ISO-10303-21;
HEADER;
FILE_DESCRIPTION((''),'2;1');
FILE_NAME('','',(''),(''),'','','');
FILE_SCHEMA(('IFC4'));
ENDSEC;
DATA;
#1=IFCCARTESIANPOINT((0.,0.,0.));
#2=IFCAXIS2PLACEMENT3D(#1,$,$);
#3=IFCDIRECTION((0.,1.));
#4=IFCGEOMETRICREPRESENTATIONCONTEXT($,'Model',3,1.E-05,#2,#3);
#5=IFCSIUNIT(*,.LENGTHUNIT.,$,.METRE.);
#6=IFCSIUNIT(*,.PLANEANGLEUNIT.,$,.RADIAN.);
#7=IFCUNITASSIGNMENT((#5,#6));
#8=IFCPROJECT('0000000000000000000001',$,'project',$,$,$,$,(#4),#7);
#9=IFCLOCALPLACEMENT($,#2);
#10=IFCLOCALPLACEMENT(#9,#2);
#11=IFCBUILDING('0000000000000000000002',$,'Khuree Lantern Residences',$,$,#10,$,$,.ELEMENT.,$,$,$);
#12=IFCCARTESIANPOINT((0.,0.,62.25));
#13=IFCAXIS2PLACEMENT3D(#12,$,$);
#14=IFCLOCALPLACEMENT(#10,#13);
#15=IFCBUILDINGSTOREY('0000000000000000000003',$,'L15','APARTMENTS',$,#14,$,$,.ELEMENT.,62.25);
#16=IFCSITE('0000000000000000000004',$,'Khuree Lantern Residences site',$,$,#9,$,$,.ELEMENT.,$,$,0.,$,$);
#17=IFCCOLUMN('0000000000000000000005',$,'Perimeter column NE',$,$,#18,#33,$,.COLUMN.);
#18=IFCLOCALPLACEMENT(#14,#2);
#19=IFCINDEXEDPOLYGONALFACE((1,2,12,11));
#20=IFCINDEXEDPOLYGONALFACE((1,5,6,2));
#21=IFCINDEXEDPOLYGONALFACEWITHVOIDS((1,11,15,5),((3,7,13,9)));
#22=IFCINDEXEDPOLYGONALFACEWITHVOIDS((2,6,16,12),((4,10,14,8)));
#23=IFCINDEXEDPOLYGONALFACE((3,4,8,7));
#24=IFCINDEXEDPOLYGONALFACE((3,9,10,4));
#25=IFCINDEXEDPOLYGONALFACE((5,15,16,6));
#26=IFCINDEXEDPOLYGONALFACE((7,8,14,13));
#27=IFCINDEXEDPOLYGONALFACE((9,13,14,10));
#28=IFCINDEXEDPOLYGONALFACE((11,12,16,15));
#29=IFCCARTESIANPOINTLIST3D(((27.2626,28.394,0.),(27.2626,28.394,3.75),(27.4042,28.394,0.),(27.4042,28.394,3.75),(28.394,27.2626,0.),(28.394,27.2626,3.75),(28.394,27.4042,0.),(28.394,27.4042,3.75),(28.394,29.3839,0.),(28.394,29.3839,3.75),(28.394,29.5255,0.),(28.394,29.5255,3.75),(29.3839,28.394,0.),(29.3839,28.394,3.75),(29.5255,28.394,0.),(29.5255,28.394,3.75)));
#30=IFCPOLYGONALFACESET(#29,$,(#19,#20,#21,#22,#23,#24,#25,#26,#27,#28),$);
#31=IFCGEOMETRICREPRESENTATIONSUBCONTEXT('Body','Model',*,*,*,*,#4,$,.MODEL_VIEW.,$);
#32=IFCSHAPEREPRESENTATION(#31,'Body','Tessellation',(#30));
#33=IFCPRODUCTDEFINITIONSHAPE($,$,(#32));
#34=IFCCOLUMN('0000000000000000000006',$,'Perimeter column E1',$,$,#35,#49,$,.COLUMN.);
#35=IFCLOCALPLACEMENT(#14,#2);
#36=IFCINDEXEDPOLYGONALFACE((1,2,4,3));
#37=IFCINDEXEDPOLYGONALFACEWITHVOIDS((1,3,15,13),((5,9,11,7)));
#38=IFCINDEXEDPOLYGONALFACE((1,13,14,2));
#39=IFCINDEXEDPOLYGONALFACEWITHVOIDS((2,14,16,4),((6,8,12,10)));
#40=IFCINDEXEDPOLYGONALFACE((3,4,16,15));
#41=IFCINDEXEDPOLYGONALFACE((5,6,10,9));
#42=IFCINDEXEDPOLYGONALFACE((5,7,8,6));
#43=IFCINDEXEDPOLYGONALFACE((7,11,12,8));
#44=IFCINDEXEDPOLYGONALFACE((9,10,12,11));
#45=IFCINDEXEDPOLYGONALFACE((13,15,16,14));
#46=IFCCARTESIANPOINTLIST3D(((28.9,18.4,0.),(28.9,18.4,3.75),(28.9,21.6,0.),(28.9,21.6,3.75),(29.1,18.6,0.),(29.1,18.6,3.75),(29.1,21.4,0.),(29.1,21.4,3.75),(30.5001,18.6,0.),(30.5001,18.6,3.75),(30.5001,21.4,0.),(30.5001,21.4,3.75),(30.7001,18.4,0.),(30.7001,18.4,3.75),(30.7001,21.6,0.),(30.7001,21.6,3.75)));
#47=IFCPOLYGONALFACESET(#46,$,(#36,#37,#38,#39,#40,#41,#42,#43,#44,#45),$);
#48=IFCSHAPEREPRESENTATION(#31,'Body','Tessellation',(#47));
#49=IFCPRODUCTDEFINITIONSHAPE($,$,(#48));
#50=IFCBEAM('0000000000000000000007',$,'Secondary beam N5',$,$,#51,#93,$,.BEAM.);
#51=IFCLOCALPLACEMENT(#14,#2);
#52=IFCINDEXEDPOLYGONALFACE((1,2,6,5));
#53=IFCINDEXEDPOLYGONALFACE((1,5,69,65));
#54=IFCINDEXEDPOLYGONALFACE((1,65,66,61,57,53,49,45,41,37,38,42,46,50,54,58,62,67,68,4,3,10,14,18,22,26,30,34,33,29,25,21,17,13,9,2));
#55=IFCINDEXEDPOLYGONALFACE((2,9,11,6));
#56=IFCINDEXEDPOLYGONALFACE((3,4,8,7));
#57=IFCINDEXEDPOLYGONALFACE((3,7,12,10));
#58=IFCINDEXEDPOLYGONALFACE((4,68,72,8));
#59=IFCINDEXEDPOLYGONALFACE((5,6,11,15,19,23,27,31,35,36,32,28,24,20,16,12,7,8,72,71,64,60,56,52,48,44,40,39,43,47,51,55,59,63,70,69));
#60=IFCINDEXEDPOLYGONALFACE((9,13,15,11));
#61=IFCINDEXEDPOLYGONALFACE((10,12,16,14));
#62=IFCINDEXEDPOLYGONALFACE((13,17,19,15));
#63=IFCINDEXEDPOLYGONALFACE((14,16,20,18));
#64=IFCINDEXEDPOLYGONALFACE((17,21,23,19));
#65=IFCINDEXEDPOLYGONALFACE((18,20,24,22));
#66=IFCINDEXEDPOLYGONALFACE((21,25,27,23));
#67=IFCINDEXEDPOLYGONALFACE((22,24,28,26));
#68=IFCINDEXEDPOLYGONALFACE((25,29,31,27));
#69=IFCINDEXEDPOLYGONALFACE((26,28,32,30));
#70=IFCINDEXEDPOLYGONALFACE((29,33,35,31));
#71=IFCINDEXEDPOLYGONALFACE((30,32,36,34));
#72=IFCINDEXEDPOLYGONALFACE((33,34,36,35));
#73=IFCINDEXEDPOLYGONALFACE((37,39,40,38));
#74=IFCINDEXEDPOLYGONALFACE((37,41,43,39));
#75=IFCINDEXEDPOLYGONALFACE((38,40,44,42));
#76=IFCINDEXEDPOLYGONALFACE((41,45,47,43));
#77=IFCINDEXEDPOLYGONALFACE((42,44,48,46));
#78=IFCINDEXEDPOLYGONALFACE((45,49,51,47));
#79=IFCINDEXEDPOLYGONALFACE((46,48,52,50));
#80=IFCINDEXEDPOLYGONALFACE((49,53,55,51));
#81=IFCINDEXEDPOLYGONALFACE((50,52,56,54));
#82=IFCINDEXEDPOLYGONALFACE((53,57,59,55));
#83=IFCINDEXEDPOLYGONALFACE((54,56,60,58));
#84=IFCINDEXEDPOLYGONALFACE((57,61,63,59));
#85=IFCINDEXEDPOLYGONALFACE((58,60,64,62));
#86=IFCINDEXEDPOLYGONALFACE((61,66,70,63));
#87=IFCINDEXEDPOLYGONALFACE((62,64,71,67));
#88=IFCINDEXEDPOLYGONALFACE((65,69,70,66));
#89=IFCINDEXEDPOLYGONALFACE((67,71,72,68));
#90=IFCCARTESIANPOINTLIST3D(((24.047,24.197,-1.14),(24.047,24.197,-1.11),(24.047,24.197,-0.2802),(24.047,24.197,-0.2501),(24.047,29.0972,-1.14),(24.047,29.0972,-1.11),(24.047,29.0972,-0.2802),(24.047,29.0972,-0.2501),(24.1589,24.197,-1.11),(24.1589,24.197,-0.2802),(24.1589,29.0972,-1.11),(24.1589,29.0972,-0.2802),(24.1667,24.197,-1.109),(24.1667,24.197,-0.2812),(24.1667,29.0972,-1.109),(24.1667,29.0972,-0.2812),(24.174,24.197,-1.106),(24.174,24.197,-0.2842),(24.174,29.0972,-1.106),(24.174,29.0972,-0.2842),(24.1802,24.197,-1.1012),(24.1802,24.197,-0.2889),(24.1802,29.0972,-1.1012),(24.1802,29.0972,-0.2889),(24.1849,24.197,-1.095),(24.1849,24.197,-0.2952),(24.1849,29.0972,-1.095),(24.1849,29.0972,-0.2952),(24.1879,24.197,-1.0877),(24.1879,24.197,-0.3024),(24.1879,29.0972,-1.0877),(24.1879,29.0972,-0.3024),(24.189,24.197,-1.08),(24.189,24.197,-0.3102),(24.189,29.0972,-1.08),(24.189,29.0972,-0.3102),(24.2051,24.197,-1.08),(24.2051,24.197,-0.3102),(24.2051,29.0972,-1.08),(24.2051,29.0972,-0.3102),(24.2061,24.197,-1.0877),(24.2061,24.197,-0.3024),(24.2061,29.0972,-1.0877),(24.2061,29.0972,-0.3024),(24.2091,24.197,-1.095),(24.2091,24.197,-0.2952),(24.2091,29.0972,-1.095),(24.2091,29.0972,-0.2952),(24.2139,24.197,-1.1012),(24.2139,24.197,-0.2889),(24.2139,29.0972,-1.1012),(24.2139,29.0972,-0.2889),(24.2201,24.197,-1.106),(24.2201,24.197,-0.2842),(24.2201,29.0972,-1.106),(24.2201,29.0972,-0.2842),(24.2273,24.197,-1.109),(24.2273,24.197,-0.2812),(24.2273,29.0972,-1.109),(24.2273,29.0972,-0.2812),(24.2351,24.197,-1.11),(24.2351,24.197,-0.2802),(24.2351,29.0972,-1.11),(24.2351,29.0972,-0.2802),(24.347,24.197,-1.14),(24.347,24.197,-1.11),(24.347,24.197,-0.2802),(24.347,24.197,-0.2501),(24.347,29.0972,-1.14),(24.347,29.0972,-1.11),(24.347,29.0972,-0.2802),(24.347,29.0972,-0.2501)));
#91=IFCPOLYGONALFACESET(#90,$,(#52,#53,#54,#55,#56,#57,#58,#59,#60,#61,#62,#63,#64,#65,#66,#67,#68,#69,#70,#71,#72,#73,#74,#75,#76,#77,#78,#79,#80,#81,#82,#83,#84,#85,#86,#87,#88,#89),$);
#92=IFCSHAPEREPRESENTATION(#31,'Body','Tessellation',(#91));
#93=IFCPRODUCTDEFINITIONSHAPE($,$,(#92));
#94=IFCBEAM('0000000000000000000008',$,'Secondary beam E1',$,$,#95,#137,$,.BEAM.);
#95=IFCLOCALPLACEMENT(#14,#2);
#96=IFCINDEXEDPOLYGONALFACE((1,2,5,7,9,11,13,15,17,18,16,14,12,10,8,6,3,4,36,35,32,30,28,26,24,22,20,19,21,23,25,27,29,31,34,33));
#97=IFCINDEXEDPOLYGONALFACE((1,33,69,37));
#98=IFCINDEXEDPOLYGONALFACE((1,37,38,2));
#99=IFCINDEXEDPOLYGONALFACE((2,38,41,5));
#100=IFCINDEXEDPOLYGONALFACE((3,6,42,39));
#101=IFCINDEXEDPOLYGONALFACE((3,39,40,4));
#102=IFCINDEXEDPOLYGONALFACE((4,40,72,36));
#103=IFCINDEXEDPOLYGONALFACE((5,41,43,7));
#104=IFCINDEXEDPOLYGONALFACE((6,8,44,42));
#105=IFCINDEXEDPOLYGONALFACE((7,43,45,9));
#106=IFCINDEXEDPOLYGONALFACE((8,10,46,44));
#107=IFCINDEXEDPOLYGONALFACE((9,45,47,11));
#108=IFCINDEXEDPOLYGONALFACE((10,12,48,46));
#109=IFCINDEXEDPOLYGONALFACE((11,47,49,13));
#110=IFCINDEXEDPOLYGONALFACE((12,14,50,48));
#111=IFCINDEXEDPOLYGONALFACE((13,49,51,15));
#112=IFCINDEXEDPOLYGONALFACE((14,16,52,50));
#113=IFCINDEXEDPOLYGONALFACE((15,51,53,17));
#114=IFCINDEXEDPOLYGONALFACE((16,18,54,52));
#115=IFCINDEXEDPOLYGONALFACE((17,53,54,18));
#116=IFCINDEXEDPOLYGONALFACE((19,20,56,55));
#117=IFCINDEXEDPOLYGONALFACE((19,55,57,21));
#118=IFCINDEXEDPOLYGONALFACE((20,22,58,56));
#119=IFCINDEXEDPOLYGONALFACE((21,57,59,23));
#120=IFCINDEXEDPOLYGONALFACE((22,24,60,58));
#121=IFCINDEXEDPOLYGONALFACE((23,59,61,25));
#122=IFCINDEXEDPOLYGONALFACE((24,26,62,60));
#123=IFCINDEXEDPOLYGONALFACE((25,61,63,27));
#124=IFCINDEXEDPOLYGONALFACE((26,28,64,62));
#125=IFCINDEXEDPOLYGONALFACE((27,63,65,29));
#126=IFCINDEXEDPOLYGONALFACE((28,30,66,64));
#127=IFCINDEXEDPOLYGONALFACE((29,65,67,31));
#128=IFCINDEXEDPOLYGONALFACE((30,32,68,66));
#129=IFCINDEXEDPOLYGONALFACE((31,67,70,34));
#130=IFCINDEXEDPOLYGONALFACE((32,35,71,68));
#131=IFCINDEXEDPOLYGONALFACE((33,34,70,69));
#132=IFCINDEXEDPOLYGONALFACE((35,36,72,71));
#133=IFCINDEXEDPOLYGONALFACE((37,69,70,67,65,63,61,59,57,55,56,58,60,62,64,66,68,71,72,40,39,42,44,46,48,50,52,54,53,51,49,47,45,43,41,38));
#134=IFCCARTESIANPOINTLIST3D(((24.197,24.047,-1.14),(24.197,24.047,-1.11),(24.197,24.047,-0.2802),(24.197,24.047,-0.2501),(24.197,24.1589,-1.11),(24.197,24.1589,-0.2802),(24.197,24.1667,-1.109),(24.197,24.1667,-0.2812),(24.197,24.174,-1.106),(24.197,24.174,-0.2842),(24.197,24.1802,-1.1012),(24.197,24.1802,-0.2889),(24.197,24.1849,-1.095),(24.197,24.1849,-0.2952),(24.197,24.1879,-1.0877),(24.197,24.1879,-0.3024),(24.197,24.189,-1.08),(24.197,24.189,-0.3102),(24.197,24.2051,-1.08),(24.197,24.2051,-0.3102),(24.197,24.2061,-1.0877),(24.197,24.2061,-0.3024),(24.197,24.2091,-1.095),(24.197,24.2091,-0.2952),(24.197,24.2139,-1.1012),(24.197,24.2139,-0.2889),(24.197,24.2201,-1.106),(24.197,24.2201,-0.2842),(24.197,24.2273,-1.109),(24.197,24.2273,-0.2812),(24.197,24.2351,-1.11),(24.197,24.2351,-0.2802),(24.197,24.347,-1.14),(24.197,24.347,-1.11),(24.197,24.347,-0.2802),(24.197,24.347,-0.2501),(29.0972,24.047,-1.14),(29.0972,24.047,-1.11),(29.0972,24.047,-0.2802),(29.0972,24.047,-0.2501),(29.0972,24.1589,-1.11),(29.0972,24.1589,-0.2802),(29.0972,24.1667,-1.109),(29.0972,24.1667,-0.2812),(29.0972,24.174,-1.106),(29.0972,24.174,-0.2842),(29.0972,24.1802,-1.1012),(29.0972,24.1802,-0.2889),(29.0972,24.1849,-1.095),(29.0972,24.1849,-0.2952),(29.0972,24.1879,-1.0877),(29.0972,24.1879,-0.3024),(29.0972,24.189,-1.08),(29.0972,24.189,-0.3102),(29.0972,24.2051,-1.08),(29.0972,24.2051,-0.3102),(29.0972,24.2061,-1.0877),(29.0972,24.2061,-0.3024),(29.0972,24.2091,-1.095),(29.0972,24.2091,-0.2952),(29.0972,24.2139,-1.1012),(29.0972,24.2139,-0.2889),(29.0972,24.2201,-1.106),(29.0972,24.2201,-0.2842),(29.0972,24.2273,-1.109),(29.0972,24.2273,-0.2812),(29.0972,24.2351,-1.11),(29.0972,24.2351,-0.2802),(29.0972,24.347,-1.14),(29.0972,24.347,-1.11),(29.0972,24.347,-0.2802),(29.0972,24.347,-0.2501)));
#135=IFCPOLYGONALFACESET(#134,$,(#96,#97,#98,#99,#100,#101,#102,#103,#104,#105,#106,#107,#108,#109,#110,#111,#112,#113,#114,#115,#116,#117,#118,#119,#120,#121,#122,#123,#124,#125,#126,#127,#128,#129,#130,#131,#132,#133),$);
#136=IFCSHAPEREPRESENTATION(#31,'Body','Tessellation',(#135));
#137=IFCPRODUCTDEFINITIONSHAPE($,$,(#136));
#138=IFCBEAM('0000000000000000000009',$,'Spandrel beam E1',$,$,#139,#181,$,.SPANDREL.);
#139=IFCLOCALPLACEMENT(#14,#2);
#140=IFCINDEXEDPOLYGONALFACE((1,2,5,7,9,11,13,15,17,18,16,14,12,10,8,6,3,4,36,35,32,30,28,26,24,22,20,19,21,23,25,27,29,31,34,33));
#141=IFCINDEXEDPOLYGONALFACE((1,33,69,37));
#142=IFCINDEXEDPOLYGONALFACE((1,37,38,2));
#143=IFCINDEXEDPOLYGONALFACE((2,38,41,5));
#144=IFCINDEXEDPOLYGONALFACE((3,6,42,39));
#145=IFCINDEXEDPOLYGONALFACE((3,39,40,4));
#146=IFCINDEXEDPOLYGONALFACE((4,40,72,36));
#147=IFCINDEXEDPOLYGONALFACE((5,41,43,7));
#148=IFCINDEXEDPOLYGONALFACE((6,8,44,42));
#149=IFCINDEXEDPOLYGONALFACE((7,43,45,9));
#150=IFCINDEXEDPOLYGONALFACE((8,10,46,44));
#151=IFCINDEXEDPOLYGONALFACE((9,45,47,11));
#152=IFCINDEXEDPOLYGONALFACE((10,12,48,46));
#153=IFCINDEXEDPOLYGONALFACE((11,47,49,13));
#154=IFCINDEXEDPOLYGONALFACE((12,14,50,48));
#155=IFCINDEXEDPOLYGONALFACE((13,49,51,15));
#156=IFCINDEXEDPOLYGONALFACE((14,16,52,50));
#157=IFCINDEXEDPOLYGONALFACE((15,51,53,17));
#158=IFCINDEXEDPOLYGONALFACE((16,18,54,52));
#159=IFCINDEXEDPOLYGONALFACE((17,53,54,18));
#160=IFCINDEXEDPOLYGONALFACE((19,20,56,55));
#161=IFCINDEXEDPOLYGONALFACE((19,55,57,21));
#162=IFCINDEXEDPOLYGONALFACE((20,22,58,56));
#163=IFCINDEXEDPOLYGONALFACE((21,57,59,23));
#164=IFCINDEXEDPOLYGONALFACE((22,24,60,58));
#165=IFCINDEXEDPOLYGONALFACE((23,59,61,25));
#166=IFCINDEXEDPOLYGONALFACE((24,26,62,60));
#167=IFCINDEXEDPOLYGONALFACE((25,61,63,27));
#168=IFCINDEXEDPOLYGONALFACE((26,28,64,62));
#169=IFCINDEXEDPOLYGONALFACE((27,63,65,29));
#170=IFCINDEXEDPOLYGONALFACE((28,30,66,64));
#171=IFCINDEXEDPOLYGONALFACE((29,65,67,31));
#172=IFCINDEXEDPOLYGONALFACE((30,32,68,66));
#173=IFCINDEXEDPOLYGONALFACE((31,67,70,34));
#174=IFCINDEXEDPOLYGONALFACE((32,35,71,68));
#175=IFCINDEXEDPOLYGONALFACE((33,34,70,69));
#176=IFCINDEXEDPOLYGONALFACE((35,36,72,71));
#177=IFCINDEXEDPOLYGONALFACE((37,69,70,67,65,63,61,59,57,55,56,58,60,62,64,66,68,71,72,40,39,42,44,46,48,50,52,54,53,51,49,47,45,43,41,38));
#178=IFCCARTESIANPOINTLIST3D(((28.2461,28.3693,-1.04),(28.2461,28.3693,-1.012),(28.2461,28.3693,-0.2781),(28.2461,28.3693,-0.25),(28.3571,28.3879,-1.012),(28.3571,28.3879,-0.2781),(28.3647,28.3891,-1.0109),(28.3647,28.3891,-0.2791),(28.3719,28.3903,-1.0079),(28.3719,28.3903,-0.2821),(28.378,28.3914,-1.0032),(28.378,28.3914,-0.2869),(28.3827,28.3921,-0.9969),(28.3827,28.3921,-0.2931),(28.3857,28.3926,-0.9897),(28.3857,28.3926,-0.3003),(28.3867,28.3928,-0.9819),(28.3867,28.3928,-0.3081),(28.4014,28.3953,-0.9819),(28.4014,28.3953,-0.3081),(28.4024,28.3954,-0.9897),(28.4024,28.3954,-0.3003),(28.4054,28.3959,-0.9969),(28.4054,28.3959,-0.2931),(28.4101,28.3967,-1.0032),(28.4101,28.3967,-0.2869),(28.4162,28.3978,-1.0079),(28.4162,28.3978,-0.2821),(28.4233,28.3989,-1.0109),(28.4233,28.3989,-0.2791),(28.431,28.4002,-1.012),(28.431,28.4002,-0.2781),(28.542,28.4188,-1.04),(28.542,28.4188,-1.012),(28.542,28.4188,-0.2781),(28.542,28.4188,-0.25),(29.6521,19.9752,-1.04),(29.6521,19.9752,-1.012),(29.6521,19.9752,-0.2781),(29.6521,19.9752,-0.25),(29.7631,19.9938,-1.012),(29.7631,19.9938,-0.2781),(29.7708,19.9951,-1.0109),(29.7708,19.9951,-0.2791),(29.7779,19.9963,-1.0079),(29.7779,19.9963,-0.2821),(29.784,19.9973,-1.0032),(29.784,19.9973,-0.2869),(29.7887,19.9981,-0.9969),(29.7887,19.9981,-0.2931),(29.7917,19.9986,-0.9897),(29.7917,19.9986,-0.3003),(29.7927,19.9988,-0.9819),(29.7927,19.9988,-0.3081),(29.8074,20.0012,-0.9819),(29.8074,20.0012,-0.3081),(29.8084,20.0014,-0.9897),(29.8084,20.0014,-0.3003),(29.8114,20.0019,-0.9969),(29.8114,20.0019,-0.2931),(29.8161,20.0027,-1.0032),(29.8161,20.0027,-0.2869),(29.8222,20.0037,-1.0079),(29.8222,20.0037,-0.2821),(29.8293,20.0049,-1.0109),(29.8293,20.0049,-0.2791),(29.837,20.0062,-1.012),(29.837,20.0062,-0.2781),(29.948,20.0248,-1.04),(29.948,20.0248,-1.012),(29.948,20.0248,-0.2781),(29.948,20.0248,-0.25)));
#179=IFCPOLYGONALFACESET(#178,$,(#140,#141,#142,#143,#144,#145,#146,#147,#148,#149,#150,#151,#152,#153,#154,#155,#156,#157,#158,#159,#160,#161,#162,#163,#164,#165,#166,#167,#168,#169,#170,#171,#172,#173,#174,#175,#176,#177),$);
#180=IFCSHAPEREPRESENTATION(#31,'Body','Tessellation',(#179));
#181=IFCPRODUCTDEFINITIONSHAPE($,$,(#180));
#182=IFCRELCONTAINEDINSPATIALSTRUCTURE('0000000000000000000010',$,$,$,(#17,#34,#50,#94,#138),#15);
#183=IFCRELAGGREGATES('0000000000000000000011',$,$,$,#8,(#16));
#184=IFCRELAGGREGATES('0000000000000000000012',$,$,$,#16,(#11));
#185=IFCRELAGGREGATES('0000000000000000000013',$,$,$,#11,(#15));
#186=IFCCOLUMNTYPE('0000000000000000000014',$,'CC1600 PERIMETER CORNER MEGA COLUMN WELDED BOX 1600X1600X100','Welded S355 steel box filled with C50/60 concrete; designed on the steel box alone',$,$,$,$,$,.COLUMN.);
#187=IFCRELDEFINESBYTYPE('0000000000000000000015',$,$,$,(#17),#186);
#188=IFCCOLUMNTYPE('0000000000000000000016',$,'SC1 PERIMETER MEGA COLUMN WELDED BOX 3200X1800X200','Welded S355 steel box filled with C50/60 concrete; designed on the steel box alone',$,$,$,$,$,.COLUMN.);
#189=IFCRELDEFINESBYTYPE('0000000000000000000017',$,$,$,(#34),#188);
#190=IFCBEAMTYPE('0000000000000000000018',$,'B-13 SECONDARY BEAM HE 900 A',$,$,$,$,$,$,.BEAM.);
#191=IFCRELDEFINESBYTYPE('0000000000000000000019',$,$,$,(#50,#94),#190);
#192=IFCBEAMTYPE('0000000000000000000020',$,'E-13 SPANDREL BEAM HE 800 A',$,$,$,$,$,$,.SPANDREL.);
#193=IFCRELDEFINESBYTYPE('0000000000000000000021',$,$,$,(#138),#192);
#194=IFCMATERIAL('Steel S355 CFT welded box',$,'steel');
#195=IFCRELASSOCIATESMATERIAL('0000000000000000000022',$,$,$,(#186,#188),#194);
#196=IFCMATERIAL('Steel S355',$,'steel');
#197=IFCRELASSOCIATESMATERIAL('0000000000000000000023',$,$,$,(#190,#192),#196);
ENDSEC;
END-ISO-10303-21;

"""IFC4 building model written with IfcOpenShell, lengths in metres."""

from ifc_helpers import new_model, si_unit, direction, frame, origin, origin_2d, place, context, subcontext, project, spatial, hollow_rectangle, i_section, extrude, material, material_profile, profile_set, type_object, element, save


model = new_model("IFC4")

# Units and contexts
model_context = context("Model", 3, precision=1e-05, world=origin(), true_north=direction((0.0, 1.0)))
body_context = subcontext(model_context, "Body", "Model", "MODEL_VIEW")
ifc_project = project(units=[si_unit("LENGTHUNIT", "METRE"), si_unit("PLANEANGLEUNIT", "RADIAN")], contexts=[model_context])

# Site, building, storey
site_placement = place(None, origin())
site = spatial("IfcSite", under=ifc_project, at=site_placement, Name="Khuree Lantern Residences site", CompositionType="ELEMENT", RefElevation=0.0)
building_placement = place(site_placement, origin())
building = spatial("IfcBuilding", under=site, at=building_placement, Name="Khuree Lantern Residences", CompositionType="ELEMENT")
storey_placement = place(building_placement, frame((0.0, 0.0, 62.25)))
storey = spatial("IfcBuildingStorey", under=building, at=storey_placement, Name="L15", Description="APARTMENTS", CompositionType="ELEMENT", Elevation=62.25)

# Columns
ifc_material_1 = material(Name="Steel S355 CFT welded box", Category="steel")
ifc_material_profile_1 = material_profile(ifc_material_1, hollow_rectangle(XDim=1.6001, YDim=1.6001, WallThickness=0.1001, at=origin_2d()), Name="WELDED BOX 1600X1600X100")
ifc_profile_set_1 = profile_set([ifc_material_profile_1], Name="Steel S355 CFT welded box")
column_type_1 = type_object("IfcColumnType", Name="CC1600 PERIMETER CORNER MEGA COLUMN WELDED BOX 1600X1600X100", Description="Welded S355 steel box filled with C50/60 concrete; designed on the steel box alone", PredefinedType="COLUMN", material=ifc_profile_set_1)
column_1_placement = place(storey_placement, frame((28.394, 28.394, 0.0), z_axis=(0.0, 0.0, 1.0), x_axis=(0.707107, -0.707107, 0.0)))
element("IfcColumn", 1, at=column_1_placement, inside=storey, type_object=column_type_1, Name="Perimeter column NE", PredefinedType="COLUMN", context=body_context, shape_type="SweptSolid", body=[
    extrude(hollow_rectangle(XDim=1.6001, YDim=1.6001, WallThickness=0.1001, at=origin_2d()), origin(), (0.0, 0.0, 1.0), 3.75),
])
ifc_material_profile_2 = material_profile(ifc_material_1, hollow_rectangle(XDim=3.2, YDim=1.8, WallThickness=0.2, at=origin_2d()), Name="WELDED BOX 3200X1800X200")
ifc_profile_set_2 = profile_set([ifc_material_profile_2], Name="Steel S355 CFT welded box")
column_type_2 = type_object("IfcColumnType", Name="SC1 PERIMETER MEGA COLUMN WELDED BOX 3200X1800X200", Description="Welded S355 steel box filled with C50/60 concrete; designed on the steel box alone", PredefinedType="COLUMN", material=ifc_profile_set_2)
column_2_placement = place(storey_placement, frame((29.8, 20.0, 0.0), z_axis=(0.0, 0.0, 1.0), x_axis=(0.0, 1.0, 0.0)))
element("IfcColumn", 2, at=column_2_placement, inside=storey, type_object=column_type_2, Name="Perimeter column E1", PredefinedType="COLUMN", context=body_context, shape_type="SweptSolid", body=[
    extrude(hollow_rectangle(XDim=3.2, YDim=1.8, WallThickness=0.2, at=origin_2d()), origin(), (0.0, 0.0, 1.0), 3.75),
])

# Beams
ifc_material_2 = material(Name="Steel S355", Category="steel")
ifc_material_profile_3 = material_profile(ifc_material_2, i_section(OverallWidth=0.3, OverallDepth=0.8899, WebThickness=0.0161, FlangeThickness=0.03, FilletRadius=0.03, at=origin_2d()), Name="HE 900 A")
ifc_profile_set_3 = profile_set([ifc_material_profile_3], Name="Steel S355")
beam_type_1 = type_object("IfcBeamType", Name="B-13 SECONDARY BEAM HE 900 A", PredefinedType="BEAM", material=ifc_profile_set_3)
for number, where, z_axis, x_axis, name in (
    (3, (24.197, 29.0972, -0.6951), (0.0, -1.0, 0.0), (1.0, 0.0, 0.0), "Secondary beam N5"),
    (4, (29.0972, 24.197, -0.6951), (-1.0, 0.0, 0.0), (0.0, -1.0, 0.0), "Secondary beam E1"),
):
    element("IfcBeam", number, at=place(storey_placement, frame(where, z_axis=z_axis, x_axis=x_axis)), inside=storey, type_object=beam_type_1, Name=name, PredefinedType="BEAM", context=body_context, shape_type="SweptSolid", body=[
        extrude(i_section(OverallWidth=0.3, OverallDepth=0.8899, WebThickness=0.0161, FlangeThickness=0.03, FilletRadius=0.03, at=origin_2d()), origin(), (0.0, 0.0, 1.0), 4.9001),
    ])
ifc_material_profile_4 = material_profile(ifc_material_2, i_section(OverallWidth=0.3, OverallDepth=0.79, WebThickness=0.0149, FlangeThickness=0.0281, FilletRadius=0.03, at=origin_2d()), Name="HE 800 A")
ifc_profile_set_4 = profile_set([ifc_material_profile_4], Name="Steel S355")
beam_type_2 = type_object("IfcBeamType", Name="E-13 SPANDREL BEAM HE 800 A", PredefinedType="SPANDREL", material=ifc_profile_set_4)
beam_1_placement = place(storey_placement, frame((28.394, 28.394, -0.645), z_axis=(0.165199, -0.98626, 0.0), x_axis=(0.98626, 0.165199, 0.0)))
element("IfcBeam", 5, at=beam_1_placement, inside=storey, type_object=beam_type_2, Name="Spandrel beam E1", PredefinedType="SPANDREL", context=body_context, shape_type="SweptSolid", body=[
    extrude(i_section(OverallWidth=0.3, OverallDepth=0.79, WebThickness=0.0149, FlangeThickness=0.0281, FilletRadius=0.03, at=origin_2d()), origin(), (0.0, 0.0, 1.0), 8.511),
])

save(model, "model.ifc")
